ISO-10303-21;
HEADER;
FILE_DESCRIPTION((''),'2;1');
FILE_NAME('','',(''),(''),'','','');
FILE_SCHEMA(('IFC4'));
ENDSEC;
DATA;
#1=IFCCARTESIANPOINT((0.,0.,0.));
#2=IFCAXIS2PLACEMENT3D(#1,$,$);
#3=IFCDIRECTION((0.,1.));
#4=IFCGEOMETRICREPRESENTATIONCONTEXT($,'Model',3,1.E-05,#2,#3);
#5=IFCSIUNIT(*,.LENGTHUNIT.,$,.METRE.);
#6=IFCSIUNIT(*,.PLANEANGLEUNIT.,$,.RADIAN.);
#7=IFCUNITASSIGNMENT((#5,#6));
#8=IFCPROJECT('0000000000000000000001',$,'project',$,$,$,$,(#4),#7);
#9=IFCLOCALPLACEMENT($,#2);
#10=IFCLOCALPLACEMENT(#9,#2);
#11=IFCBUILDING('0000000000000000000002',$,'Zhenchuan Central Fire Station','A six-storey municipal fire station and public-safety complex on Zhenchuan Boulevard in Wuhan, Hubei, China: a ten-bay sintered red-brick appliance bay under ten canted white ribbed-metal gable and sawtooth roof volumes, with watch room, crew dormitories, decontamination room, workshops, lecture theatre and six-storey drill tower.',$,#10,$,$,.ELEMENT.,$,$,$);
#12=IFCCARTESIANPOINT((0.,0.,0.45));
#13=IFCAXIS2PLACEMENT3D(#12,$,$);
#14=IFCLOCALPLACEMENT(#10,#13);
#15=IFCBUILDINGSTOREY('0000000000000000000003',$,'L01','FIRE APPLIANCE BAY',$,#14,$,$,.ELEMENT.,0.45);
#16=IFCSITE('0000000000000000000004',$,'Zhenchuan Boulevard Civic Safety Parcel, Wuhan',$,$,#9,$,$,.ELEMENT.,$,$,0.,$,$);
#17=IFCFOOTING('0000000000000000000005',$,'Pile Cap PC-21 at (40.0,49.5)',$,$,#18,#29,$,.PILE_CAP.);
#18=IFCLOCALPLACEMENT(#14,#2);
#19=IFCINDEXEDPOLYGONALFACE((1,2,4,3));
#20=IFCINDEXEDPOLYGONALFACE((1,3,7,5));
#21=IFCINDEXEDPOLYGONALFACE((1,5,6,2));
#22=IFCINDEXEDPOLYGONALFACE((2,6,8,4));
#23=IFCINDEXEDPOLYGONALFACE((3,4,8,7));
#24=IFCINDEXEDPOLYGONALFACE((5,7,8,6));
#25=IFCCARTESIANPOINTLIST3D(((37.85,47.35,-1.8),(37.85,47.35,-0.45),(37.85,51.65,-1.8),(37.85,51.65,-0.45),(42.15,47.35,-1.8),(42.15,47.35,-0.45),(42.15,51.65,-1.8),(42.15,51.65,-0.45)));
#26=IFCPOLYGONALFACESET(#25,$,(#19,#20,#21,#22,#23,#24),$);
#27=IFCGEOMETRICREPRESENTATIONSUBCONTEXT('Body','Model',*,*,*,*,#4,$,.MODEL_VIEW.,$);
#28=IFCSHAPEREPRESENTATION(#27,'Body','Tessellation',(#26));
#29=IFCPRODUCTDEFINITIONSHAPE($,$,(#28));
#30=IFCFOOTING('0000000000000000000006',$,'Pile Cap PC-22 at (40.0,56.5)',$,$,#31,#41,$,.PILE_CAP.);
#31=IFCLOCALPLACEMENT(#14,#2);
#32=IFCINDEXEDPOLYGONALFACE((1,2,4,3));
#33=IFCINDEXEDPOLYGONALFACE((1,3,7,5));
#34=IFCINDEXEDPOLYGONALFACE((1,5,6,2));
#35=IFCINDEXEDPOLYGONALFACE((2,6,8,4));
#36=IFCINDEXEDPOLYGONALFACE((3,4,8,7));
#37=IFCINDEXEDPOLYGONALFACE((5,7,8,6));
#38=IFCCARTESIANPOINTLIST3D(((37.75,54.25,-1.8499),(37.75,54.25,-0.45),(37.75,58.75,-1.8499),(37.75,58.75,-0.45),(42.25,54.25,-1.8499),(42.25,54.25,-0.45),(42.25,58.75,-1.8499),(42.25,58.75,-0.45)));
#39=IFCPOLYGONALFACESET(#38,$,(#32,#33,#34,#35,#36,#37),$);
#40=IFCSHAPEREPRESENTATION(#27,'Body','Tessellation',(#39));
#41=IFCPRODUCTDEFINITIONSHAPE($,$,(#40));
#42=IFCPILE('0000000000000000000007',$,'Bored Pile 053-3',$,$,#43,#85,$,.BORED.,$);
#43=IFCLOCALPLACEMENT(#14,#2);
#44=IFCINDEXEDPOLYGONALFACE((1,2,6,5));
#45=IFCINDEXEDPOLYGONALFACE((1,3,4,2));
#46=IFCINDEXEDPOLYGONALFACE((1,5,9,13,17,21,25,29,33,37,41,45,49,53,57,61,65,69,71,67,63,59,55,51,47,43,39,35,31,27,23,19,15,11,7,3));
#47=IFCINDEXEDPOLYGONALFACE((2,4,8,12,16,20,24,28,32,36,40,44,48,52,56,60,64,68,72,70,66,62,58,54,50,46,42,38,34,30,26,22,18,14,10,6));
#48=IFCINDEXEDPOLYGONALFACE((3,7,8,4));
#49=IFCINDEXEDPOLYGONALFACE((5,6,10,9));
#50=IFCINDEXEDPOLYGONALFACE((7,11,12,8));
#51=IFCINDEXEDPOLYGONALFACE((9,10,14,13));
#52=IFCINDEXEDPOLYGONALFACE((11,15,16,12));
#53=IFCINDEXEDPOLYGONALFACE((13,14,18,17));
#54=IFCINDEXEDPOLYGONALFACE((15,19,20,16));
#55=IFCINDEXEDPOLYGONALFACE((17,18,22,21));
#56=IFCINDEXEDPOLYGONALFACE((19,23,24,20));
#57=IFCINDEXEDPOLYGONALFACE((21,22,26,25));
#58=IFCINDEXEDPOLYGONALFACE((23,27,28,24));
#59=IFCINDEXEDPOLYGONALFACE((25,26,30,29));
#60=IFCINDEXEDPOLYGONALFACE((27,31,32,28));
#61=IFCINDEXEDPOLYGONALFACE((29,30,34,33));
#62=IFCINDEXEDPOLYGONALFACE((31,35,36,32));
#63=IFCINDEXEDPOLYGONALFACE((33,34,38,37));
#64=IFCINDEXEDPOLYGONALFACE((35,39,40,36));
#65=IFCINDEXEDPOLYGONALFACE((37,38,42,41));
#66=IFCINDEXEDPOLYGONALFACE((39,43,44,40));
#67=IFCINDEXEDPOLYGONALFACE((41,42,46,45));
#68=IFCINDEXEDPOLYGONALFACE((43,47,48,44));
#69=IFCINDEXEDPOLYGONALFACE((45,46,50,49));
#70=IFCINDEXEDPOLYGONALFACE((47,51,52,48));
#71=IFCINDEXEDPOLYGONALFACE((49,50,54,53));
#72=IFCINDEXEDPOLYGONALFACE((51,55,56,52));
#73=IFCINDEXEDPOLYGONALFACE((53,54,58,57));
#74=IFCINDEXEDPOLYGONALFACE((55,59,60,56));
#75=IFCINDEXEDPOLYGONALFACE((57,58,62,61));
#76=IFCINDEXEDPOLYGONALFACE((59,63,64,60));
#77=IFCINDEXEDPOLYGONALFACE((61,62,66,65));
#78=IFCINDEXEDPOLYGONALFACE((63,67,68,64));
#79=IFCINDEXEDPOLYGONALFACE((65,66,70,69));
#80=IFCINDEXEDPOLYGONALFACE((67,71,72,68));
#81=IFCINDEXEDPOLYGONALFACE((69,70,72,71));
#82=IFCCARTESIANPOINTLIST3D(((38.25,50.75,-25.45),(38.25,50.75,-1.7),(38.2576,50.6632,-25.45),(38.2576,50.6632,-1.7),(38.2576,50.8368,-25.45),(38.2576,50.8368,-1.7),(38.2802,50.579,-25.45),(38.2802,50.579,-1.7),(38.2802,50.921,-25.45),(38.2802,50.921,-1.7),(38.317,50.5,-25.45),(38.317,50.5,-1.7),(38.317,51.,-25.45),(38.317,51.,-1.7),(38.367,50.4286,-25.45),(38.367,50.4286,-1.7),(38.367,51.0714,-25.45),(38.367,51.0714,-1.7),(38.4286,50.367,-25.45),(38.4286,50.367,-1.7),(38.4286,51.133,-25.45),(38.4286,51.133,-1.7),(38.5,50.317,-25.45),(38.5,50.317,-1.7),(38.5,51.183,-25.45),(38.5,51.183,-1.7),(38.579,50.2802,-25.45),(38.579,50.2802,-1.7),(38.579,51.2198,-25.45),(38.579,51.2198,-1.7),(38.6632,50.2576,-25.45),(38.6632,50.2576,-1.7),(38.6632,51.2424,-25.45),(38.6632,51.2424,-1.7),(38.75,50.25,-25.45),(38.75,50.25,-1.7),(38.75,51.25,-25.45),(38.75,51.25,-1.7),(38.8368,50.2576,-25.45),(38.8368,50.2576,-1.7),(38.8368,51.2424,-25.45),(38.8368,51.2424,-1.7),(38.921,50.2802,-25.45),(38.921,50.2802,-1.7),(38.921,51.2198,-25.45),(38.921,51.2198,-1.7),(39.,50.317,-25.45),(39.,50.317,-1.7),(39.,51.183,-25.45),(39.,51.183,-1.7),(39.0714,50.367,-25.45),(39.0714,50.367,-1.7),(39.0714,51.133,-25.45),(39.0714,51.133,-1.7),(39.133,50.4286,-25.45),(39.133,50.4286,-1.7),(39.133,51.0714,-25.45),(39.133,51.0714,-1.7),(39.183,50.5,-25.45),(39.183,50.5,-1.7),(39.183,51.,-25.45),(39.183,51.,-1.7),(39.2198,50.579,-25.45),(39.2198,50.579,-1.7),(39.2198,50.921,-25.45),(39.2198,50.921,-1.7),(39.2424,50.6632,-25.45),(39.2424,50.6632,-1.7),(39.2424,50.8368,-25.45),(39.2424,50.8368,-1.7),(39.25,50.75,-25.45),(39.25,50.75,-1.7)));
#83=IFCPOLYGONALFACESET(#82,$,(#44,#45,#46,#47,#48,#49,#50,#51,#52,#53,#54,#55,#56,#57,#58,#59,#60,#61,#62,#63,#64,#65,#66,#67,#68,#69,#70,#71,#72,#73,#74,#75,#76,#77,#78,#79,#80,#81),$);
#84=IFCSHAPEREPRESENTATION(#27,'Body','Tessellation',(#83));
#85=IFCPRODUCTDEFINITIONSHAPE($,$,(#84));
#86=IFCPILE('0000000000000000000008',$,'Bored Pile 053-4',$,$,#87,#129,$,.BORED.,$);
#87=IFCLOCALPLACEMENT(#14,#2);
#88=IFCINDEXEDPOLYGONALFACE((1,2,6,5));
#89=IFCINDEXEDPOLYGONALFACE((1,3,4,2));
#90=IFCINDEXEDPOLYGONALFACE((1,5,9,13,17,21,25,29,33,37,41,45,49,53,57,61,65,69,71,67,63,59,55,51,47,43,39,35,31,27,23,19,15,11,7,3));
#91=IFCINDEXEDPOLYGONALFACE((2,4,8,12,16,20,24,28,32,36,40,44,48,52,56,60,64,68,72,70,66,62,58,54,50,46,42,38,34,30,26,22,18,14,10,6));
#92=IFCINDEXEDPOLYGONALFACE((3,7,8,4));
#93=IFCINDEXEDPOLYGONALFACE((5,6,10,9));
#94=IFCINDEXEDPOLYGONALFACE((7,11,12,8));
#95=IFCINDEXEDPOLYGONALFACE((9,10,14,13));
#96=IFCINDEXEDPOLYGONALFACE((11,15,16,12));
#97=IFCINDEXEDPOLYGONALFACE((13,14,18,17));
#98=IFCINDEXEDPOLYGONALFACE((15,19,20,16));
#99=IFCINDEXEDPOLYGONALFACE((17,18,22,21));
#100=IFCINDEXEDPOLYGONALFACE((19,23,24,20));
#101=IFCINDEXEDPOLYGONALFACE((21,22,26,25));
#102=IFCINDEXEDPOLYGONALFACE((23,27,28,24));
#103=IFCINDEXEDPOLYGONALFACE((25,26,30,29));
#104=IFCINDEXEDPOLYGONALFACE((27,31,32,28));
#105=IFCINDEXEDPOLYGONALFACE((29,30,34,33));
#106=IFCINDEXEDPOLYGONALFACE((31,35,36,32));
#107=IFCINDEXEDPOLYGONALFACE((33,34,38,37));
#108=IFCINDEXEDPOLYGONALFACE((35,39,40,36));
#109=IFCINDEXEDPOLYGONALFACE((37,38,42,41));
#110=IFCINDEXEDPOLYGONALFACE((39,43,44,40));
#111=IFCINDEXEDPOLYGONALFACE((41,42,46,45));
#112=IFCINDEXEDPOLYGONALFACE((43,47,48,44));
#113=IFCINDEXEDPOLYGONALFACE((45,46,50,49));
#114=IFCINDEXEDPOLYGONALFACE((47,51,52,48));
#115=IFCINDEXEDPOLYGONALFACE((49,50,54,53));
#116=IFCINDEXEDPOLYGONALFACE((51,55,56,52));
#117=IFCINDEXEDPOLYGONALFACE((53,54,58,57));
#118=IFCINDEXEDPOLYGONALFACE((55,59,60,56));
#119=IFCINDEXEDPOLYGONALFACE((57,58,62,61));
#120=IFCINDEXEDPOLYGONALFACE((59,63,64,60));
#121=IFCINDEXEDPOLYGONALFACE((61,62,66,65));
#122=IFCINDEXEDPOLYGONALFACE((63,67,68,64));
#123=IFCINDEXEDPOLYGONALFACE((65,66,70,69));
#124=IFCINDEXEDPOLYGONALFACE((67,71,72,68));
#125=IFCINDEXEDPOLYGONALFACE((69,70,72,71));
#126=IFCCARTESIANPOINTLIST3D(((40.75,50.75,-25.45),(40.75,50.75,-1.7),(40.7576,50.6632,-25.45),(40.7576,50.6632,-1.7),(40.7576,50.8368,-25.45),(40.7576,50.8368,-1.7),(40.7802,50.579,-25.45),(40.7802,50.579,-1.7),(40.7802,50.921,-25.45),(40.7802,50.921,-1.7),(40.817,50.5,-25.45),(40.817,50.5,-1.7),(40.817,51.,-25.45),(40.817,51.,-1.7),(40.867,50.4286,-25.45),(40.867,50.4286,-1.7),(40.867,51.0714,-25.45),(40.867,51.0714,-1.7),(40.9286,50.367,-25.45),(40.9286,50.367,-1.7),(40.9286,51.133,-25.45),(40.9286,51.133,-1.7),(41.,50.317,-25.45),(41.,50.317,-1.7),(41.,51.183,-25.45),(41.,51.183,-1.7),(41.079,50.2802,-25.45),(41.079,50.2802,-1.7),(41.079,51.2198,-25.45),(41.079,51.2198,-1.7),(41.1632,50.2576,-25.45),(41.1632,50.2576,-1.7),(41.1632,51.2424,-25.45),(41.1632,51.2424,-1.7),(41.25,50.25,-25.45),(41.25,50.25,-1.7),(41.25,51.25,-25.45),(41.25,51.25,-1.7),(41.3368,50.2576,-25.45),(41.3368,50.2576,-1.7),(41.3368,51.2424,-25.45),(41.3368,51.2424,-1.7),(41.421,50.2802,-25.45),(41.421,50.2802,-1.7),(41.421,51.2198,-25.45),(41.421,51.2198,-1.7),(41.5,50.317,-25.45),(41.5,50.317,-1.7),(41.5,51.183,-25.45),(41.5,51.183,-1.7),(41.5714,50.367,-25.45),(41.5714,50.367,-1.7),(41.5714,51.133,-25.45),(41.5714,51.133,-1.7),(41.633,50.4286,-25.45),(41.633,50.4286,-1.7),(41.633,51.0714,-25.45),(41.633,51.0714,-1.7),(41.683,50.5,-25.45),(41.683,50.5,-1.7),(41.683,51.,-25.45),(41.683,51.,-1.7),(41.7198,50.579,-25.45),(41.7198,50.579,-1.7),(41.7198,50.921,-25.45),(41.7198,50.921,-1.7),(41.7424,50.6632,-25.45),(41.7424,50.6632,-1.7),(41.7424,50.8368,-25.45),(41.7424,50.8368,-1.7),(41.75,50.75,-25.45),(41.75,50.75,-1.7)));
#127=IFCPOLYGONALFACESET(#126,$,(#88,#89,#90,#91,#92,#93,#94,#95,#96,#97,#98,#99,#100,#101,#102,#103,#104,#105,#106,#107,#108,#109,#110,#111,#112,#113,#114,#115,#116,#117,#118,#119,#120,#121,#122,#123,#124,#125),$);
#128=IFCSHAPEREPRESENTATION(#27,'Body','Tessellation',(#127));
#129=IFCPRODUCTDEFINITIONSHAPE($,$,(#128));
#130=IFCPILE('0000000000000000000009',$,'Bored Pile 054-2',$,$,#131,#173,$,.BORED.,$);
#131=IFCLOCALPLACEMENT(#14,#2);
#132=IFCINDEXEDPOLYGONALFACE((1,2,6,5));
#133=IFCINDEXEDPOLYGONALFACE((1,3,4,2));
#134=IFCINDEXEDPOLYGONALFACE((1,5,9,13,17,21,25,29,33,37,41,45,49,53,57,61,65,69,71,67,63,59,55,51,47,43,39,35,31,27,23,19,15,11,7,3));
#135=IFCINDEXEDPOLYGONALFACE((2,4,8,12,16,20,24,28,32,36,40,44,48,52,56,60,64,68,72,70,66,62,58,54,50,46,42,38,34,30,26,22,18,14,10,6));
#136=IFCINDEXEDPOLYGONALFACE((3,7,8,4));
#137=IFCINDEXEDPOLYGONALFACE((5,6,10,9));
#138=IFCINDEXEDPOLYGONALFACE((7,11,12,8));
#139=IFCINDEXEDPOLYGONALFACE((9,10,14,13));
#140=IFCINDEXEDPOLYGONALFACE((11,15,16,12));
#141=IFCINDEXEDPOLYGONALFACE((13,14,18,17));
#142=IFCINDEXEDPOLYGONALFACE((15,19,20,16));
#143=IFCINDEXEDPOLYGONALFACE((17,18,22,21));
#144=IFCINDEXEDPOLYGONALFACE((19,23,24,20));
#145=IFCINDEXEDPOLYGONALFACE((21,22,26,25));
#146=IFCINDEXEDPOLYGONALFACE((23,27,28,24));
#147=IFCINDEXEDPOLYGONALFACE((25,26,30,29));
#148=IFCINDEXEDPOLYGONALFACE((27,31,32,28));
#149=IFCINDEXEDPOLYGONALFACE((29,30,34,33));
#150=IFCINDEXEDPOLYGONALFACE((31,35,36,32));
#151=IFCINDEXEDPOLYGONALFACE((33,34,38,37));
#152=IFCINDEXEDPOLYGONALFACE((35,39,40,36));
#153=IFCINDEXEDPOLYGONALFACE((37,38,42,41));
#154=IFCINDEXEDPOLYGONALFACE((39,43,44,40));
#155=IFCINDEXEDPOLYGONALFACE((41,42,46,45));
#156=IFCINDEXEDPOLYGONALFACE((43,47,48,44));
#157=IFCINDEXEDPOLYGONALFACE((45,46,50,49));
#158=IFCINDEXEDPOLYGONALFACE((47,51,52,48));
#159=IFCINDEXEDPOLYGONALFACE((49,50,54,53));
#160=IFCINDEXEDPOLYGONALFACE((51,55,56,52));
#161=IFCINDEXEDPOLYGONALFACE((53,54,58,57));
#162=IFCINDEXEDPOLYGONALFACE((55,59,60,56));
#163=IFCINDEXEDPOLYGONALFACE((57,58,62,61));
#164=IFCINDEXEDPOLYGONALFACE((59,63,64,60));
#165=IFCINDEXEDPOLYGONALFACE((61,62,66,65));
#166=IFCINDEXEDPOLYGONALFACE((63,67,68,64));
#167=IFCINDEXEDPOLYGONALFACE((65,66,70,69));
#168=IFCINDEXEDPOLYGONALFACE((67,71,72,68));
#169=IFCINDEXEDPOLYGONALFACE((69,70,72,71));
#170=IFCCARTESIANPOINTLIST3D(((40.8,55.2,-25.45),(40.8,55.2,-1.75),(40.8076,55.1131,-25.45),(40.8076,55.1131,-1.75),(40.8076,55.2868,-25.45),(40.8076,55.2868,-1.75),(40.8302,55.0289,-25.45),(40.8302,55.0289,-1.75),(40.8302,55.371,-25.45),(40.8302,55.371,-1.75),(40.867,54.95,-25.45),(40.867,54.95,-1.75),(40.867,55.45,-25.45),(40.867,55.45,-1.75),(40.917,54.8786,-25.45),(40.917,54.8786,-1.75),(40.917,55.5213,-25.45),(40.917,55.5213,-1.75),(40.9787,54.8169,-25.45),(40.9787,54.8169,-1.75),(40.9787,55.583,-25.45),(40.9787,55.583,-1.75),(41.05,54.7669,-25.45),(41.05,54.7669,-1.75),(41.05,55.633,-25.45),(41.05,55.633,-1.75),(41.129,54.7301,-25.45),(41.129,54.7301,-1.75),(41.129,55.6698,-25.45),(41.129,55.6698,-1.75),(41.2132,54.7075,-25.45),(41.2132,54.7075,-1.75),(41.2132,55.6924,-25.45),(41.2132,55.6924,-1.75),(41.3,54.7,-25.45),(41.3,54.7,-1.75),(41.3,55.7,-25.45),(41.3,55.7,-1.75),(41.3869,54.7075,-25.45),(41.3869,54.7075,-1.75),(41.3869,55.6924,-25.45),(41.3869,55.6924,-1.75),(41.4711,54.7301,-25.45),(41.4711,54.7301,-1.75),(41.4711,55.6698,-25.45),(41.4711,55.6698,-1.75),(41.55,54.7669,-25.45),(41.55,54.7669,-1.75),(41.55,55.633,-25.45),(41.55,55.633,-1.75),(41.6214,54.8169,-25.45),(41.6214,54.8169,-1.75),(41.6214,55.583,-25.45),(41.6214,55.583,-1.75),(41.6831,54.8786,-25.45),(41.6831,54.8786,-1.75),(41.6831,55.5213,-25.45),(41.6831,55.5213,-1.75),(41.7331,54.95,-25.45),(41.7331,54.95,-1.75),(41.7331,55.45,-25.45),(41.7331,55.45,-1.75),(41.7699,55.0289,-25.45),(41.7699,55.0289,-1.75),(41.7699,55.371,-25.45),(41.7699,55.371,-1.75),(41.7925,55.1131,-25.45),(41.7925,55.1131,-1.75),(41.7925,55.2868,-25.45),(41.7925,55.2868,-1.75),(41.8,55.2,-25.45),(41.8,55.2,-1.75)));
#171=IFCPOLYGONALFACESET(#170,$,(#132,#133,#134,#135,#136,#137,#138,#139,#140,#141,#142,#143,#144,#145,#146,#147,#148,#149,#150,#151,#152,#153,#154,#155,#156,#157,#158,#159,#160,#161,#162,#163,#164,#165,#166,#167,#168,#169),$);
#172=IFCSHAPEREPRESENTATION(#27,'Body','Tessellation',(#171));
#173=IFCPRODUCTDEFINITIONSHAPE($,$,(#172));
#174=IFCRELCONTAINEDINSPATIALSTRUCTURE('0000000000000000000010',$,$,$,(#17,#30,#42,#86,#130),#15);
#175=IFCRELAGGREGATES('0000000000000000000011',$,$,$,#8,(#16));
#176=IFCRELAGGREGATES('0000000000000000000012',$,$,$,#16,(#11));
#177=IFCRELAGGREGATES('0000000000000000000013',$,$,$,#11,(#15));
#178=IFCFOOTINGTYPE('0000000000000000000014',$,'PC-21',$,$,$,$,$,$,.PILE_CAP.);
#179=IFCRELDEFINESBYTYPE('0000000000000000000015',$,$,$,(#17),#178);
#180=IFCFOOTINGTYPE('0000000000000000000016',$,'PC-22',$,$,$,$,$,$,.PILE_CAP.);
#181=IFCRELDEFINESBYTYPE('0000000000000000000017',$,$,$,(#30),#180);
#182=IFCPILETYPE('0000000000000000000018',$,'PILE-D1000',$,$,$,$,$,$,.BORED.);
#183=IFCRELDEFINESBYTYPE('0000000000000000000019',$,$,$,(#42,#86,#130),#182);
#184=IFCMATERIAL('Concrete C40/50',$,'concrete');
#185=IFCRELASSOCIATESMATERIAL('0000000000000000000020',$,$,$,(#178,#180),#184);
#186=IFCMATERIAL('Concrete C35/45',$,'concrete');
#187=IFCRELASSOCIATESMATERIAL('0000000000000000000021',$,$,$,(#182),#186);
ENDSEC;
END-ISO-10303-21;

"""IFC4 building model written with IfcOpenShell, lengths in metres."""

from ifc_helpers import new_model, si_unit, direction, frame, origin, origin_2d, place, context, subcontext, project, spatial, rectangle, circle, extrude, material, material_profile, profile_set, type_object, element, save


model = new_model("IFC4")

# Units and contexts
model_context = context("Model", 3, precision=1e-05, world=origin(), true_north=direction((0.0, 1.0)))
body_context = subcontext(model_context, "Body", "Model", "MODEL_VIEW")
ifc_project = project(units=[si_unit("LENGTHUNIT", "METRE"), si_unit("PLANEANGLEUNIT", "RADIAN")], contexts=[model_context])

# Site, building, storey
site_placement = place(None, origin())
site = spatial("IfcSite", under=ifc_project, at=site_placement, Name="Zhenchuan Boulevard Civic Safety Parcel, Wuhan", CompositionType="ELEMENT", RefElevation=0.0)
building_placement = place(site_placement, origin())
building = spatial("IfcBuilding", under=site, at=building_placement, Name="Zhenchuan Central Fire Station", Description="A six-storey municipal fire station and public-safety complex on Zhenchuan Boulevard in Wuhan, Hubei, China: a ten-bay sintered red-brick appliance bay under ten canted white ribbed-metal gable and sawtooth roof volumes, with watch room, crew dormitories, decontamination room, workshops, lecture theatre and six-storey drill tower.", CompositionType="ELEMENT")
storey_placement = place(building_placement, frame((0.0, 0.0, 0.45)))
storey = spatial("IfcBuildingStorey", under=building, at=storey_placement, Name="L01", Description="FIRE APPLIANCE BAY", CompositionType="ELEMENT", Elevation=0.45)

# Footings
ifc_material_1 = material(Name="Concrete C40/50", Category="concrete")
footing_type_1 = type_object("IfcFootingType", Name="PC-21", PredefinedType="PILE_CAP", material=ifc_material_1)
footing_1_placement = place(storey_placement, frame((40.0, 49.5, -1.8), z_axis=(0.0, 0.0, 1.0), x_axis=(1.0, 0.0, 0.0)))
element("IfcFooting", 1, at=footing_1_placement, inside=storey, type_object=footing_type_1, Name="Pile Cap PC-21 at (40.0,49.5)", PredefinedType="PILE_CAP", context=body_context, shape_type="SweptSolid", body=[
    extrude(rectangle(XDim=4.3, YDim=4.3, at=origin_2d()), origin(), (0.0, 0.0, 1.0), 1.3501),
])
footing_type_2 = type_object("IfcFootingType", Name="PC-22", PredefinedType="PILE_CAP", material=ifc_material_1)
footing_2_placement = place(storey_placement, frame((40.0, 56.5, -1.8499), z_axis=(0.0, 0.0, 1.0), x_axis=(1.0, 0.0, 0.0)))
element("IfcFooting", 2, at=footing_2_placement, inside=storey, type_object=footing_type_2, Name="Pile Cap PC-22 at (40.0,56.5)", PredefinedType="PILE_CAP", context=body_context, shape_type="SweptSolid", body=[
    extrude(rectangle(XDim=4.5, YDim=4.5, at=origin_2d()), origin(), (0.0, 0.0, 1.0), 1.3999),
])

# Piles
ifc_material_2 = material(Name="Concrete C35/45", Category="concrete")
ifc_material_profile_1 = material_profile(ifc_material_2, circle(Radius=0.5, at=origin_2d()), Name="PILE D1000")
ifc_profile_set_1 = profile_set([ifc_material_profile_1], Name="Concrete C35/45")
pile_type_1 = type_object("IfcPileType", Name="PILE-D1000", PredefinedType="BORED", material=ifc_profile_set_1)
for number, where, z_axis, x_axis, name in (
    (3, (38.75, 50.75, -1.7), (0.0, 0.0, -1.0), (1.0, 0.0, 0.0), "Bored Pile 053-3"),
    (4, (41.25, 50.75, -1.7), (0.0, 0.0, -1.0), (1.0, 0.0, 0.0), "Bored Pile 053-4"),
):
    element("IfcPile", number, at=place(storey_placement, frame(where, z_axis=z_axis, x_axis=x_axis)), inside=storey, type_object=pile_type_1, Name=name, PredefinedType="BORED", context=body_context, shape_type="SweptSolid", body=[
        extrude(circle(Radius=0.5, at=origin_2d()), origin(), (0.0, 0.0, 1.0), 23.75),
    ])
pile_1_placement = place(storey_placement, frame((41.3, 55.2, -1.75), z_axis=(0.0, 0.0, -1.0), x_axis=(1.0, 0.0, 0.0)))
element("IfcPile", 5, at=pile_1_placement, inside=storey, type_object=pile_type_1, Name="Bored Pile 054-2", PredefinedType="BORED", context=body_context, shape_type="SweptSolid", body=[
    extrude(circle(Radius=0.5, at=origin_2d()), origin(), (0.0, 0.0, 1.0), 23.7),
])

save(model, "model.ifc")
